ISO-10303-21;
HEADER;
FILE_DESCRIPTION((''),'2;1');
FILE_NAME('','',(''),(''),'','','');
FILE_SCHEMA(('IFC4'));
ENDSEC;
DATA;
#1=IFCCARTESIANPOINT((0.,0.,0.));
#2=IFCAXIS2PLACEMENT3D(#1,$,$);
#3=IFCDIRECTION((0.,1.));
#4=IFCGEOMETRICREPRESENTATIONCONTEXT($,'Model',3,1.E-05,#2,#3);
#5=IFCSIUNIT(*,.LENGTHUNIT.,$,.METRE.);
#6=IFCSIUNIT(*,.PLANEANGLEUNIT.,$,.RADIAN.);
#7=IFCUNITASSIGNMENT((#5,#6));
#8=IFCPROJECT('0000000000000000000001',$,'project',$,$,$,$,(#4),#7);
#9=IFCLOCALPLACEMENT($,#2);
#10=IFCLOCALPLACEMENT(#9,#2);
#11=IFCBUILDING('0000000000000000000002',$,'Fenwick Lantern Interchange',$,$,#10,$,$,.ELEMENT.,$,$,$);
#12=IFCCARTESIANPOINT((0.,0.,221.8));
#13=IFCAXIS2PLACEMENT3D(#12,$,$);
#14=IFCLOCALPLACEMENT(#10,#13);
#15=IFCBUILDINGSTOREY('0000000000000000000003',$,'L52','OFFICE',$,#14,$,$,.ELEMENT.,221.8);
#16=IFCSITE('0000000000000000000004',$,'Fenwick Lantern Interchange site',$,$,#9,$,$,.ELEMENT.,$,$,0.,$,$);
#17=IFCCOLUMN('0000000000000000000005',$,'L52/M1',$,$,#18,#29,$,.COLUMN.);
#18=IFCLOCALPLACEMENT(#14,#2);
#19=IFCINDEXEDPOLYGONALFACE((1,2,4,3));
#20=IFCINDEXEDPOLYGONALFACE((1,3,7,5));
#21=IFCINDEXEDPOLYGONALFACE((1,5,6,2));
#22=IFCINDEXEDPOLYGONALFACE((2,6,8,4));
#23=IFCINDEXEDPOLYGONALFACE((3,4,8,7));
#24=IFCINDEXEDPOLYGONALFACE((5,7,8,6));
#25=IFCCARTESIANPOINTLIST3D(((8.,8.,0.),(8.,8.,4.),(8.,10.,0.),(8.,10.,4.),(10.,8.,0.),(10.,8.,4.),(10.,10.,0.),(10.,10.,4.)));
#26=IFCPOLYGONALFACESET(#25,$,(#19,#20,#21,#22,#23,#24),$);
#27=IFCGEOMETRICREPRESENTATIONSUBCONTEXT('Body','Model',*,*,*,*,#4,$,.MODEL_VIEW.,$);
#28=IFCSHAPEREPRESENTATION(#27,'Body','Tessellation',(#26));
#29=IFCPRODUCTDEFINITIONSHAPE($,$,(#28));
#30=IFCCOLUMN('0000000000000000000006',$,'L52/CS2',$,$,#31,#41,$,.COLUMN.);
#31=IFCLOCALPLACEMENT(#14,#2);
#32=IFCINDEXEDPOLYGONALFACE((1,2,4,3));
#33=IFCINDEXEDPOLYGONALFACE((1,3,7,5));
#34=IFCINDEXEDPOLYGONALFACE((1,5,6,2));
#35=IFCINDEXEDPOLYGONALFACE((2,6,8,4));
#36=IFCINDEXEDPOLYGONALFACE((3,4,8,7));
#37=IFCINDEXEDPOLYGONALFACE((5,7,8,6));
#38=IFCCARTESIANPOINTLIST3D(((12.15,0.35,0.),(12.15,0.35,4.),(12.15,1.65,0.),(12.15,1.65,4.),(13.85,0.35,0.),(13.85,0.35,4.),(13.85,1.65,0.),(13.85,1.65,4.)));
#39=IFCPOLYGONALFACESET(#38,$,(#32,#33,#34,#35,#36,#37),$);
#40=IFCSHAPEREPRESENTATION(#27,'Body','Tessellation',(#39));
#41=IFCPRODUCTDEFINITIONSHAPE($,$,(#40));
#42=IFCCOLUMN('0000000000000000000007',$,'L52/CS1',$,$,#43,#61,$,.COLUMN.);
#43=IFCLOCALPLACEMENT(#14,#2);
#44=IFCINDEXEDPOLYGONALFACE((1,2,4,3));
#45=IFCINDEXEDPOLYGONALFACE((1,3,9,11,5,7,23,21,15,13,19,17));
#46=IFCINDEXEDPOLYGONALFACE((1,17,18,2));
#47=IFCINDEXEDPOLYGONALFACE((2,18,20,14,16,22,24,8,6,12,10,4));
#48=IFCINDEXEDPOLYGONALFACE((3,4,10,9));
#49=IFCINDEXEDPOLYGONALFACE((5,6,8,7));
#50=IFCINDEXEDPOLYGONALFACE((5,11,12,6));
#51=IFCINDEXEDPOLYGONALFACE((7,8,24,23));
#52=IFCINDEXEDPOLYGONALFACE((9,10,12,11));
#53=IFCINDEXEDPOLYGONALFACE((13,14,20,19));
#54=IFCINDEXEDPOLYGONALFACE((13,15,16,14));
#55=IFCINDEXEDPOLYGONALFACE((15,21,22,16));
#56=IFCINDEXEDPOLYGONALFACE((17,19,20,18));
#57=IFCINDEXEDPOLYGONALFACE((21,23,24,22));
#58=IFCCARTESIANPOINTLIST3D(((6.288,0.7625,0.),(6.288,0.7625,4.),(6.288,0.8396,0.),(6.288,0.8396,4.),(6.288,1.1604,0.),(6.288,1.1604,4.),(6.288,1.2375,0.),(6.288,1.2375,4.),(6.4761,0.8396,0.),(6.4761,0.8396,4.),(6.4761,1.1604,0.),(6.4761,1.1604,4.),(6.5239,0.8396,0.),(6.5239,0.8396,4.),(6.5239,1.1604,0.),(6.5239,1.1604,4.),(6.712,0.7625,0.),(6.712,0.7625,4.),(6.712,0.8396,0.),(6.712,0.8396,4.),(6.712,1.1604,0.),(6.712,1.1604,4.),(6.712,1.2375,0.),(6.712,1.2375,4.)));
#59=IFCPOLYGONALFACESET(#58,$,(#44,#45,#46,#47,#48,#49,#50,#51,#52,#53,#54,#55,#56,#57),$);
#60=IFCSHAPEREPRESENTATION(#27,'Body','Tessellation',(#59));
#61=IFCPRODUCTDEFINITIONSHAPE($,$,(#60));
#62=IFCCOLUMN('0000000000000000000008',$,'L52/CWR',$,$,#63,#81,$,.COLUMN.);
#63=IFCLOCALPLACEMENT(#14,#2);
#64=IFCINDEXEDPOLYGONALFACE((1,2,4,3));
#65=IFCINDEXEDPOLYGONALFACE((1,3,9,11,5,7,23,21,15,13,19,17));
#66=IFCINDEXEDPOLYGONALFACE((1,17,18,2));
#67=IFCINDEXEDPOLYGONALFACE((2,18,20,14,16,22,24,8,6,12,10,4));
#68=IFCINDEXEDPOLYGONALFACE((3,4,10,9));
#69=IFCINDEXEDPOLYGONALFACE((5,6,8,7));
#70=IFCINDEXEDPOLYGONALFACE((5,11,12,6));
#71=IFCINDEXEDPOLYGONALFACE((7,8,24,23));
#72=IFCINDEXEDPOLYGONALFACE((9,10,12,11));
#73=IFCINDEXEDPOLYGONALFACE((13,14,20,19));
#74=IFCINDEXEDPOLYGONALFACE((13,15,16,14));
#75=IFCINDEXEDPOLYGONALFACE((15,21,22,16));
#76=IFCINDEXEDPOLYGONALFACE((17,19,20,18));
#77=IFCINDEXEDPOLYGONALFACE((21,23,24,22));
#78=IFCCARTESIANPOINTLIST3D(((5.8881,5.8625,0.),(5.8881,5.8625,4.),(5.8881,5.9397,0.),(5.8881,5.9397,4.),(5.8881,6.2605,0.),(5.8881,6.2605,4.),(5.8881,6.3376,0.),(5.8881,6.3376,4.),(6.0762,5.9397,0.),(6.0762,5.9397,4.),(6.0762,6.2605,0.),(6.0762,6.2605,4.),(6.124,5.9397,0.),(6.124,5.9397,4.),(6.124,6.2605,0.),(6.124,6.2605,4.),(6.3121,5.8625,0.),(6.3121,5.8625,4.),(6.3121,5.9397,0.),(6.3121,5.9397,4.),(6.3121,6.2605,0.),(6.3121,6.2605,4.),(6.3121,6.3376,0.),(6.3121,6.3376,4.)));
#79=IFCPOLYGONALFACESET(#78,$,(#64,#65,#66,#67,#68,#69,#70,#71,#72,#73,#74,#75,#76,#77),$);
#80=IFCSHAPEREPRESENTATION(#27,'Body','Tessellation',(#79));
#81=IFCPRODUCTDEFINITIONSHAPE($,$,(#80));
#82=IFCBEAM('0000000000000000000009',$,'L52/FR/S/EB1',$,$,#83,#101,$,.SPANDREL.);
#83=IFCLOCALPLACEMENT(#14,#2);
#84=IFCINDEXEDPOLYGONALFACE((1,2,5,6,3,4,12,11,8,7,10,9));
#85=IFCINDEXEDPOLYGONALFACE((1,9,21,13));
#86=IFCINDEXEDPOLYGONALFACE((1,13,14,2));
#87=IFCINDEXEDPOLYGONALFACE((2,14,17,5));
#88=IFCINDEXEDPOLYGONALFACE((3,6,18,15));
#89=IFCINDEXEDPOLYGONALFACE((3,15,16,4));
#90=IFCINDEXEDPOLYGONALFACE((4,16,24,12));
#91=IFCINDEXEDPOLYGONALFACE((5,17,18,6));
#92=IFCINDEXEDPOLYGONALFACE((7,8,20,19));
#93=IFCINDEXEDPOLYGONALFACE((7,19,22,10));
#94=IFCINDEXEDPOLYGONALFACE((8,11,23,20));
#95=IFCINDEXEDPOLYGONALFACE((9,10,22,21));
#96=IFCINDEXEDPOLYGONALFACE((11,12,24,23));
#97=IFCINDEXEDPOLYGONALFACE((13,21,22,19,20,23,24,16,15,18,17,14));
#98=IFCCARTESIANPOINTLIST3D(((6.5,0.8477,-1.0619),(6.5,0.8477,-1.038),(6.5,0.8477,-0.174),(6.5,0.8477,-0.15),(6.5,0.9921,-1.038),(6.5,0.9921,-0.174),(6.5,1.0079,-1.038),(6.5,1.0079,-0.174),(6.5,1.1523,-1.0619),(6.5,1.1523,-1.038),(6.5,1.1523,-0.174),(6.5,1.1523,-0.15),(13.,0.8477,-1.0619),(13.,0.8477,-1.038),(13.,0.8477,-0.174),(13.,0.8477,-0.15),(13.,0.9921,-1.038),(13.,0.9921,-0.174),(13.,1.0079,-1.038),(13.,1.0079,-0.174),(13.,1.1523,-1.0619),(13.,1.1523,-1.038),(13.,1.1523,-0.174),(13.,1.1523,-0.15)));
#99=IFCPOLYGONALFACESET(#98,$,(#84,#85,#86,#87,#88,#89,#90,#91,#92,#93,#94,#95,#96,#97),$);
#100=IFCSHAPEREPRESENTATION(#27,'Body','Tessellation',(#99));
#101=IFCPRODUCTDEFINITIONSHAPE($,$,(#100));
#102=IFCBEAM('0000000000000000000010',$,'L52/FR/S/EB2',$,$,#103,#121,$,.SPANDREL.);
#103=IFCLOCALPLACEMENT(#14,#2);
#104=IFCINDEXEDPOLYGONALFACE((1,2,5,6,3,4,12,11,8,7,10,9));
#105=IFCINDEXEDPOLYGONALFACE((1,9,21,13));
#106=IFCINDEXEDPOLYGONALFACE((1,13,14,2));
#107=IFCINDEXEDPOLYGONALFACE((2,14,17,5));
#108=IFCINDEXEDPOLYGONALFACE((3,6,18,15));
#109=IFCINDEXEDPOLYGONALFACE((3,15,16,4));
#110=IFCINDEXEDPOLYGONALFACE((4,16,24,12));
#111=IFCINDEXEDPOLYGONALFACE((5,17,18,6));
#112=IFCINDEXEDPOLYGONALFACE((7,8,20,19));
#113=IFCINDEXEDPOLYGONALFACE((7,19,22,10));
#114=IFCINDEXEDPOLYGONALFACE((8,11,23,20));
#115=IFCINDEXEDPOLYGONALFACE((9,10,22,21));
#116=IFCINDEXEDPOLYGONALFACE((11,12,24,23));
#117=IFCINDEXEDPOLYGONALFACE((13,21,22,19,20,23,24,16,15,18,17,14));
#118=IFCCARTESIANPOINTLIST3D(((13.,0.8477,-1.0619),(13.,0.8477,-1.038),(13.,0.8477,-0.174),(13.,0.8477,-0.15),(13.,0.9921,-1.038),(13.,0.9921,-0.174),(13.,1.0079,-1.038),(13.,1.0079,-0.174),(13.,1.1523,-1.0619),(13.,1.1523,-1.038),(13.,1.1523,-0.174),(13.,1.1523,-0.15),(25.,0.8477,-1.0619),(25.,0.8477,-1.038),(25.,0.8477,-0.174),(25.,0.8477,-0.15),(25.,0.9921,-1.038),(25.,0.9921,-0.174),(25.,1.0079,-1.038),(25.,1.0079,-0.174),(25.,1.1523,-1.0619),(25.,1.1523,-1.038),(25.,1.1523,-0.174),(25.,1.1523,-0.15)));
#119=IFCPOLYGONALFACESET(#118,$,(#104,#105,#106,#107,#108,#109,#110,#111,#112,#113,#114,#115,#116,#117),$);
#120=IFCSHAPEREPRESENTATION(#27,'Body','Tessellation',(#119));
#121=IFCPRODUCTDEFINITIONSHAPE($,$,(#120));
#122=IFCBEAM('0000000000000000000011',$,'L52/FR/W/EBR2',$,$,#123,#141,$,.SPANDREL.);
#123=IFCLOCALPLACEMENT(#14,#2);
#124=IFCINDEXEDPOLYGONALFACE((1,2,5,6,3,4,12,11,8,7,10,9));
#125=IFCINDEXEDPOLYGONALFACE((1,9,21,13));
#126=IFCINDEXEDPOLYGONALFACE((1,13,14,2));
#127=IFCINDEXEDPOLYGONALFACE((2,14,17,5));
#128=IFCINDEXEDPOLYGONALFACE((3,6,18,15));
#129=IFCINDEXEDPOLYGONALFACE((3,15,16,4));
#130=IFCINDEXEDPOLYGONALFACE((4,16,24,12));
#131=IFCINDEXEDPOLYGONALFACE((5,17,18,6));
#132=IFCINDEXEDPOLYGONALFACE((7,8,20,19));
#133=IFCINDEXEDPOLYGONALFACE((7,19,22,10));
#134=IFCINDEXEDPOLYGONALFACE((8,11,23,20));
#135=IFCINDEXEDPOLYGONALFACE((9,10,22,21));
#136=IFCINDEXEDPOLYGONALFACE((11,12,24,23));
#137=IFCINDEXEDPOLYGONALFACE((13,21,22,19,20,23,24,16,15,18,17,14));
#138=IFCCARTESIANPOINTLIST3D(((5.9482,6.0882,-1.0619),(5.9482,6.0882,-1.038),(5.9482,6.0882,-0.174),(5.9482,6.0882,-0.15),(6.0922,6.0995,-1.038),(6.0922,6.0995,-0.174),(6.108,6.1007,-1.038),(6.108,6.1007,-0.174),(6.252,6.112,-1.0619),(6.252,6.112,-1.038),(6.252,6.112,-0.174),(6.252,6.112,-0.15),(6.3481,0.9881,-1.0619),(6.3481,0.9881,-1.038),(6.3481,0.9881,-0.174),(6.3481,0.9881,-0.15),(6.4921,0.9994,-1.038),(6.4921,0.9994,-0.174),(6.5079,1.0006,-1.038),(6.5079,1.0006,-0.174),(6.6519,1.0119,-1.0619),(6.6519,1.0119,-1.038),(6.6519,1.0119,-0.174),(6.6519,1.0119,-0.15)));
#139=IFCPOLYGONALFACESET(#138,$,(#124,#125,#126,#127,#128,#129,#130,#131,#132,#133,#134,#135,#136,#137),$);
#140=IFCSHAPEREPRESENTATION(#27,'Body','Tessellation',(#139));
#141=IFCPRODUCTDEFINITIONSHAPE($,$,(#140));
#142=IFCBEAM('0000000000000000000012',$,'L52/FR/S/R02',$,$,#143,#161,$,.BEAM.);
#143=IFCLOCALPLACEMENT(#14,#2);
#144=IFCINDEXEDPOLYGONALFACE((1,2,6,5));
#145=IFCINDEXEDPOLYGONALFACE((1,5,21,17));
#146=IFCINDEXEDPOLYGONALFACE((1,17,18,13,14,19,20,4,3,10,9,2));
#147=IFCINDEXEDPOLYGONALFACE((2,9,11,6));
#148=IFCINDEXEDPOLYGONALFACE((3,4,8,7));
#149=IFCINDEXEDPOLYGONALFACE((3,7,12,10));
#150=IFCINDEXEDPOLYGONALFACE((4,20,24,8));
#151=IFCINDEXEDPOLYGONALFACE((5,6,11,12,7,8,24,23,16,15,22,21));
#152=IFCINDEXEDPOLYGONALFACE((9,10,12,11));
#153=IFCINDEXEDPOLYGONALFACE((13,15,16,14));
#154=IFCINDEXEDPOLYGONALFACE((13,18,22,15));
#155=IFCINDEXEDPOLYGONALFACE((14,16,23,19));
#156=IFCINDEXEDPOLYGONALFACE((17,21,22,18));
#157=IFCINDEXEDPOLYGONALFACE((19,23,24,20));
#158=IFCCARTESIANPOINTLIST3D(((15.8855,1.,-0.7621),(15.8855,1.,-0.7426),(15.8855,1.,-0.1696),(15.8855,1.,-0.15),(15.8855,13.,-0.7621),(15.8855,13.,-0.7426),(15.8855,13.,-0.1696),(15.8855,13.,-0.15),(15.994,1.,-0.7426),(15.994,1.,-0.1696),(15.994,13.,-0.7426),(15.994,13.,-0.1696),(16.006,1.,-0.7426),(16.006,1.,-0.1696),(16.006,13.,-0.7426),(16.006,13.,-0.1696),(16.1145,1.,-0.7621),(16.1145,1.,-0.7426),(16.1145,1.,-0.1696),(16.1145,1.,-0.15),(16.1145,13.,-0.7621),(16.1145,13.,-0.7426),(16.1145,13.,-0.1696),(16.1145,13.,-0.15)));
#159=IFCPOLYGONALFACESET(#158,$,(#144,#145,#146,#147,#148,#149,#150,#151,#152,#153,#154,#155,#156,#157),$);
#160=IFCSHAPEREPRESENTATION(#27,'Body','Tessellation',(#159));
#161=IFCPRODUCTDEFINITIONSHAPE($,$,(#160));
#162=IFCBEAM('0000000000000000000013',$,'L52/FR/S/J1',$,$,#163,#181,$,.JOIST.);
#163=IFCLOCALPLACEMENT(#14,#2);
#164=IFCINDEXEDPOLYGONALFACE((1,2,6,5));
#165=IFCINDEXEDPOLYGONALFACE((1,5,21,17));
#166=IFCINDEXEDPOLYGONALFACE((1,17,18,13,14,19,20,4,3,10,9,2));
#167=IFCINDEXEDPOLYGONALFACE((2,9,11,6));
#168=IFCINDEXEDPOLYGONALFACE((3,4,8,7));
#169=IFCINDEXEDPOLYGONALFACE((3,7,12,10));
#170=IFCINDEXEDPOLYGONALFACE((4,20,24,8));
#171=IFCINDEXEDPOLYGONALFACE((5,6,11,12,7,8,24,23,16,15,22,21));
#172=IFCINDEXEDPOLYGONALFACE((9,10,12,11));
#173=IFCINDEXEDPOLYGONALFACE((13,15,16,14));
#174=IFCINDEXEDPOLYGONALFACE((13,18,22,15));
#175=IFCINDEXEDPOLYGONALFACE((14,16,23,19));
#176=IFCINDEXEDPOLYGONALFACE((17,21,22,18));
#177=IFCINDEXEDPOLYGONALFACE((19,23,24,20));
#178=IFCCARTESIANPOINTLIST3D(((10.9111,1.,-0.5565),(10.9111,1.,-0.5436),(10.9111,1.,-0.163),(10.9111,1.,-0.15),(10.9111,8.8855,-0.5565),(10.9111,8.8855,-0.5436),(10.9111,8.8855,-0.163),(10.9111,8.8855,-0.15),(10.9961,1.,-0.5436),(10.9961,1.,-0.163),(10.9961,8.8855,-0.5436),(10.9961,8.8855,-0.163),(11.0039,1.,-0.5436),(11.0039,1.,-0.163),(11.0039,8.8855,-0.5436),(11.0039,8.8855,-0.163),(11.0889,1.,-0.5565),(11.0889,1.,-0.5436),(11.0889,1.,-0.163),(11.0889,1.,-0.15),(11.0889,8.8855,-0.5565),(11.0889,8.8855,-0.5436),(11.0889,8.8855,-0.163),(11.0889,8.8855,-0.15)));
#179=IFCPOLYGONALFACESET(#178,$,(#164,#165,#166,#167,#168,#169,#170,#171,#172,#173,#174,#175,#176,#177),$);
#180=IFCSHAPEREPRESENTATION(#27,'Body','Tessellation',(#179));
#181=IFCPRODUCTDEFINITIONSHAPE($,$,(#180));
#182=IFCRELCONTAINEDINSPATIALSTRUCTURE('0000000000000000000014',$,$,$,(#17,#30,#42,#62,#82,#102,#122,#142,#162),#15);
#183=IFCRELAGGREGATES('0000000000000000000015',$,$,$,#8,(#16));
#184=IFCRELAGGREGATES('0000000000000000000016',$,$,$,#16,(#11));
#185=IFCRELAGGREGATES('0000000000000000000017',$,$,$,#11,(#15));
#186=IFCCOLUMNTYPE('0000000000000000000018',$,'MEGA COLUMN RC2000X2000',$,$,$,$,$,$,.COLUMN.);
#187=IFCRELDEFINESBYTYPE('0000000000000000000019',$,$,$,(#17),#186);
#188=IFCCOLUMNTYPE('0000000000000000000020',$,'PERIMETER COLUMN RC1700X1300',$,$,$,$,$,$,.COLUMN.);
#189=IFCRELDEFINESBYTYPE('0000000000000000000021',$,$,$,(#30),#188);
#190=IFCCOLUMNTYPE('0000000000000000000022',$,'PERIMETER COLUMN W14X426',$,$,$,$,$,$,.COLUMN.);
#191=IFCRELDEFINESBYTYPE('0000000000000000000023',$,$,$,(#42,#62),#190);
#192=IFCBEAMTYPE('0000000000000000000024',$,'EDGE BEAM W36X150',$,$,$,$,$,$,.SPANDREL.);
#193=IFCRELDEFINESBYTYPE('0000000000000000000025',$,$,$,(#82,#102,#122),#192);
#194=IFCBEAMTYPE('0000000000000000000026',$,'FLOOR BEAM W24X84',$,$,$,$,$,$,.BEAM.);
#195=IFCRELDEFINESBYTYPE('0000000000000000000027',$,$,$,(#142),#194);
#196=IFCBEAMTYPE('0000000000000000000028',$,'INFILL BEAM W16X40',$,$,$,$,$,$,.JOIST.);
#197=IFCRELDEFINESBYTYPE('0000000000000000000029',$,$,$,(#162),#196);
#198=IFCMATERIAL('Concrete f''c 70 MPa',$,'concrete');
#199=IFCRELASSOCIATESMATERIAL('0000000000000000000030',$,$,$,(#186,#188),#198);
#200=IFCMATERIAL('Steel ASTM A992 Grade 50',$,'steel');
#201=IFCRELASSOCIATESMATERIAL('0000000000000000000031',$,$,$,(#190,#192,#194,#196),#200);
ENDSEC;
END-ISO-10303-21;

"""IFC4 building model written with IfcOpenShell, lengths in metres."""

from ifc_helpers import new_model, si_unit, direction, frame, origin, origin_2d, place, context, subcontext, project, spatial, rectangle, i_section, extrude, material, material_profile, profile_set, type_object, element, save


model = new_model("IFC4")

# Units and contexts
model_context = context("Model", 3, precision=1e-05, world=origin(), true_north=direction((0.0, 1.0)))
body_context = subcontext(model_context, "Body", "Model", "MODEL_VIEW")
ifc_project = project(units=[si_unit("LENGTHUNIT", "METRE"), si_unit("PLANEANGLEUNIT", "RADIAN")], contexts=[model_context])

# Site, building, storey
site_placement = place(None, origin())
site = spatial("IfcSite", under=ifc_project, at=site_placement, Name="Fenwick Lantern Interchange site", CompositionType="ELEMENT", RefElevation=0.0)
building_placement = place(site_placement, origin())
building = spatial("IfcBuilding", under=site, at=building_placement, Name="Fenwick Lantern Interchange", CompositionType="ELEMENT")
storey_placement = place(building_placement, frame((0.0, 0.0, 221.8)))
storey = spatial("IfcBuildingStorey", under=building, at=storey_placement, Name="L52", Description="OFFICE", CompositionType="ELEMENT", Elevation=221.8)

# Columns
ifc_material_1 = material(Name="Concrete f'c 70 MPa", Category="concrete")
ifc_material_profile_1 = material_profile(ifc_material_1, rectangle(XDim=2.0, YDim=2.0, at=origin_2d()), Name="RC2000X2000")
ifc_profile_set_1 = profile_set([ifc_material_profile_1], Name="Concrete f'c 70 MPa")
column_type_1 = type_object("IfcColumnType", Name="MEGA COLUMN RC2000X2000", PredefinedType="COLUMN", material=ifc_profile_set_1)
column_1_placement = place(storey_placement, frame((9.0, 9.0, 0.0), z_axis=(0.0, 0.0, 1.0), x_axis=(1.0, 0.0, 0.0)))
element("IfcColumn", 1, at=column_1_placement, inside=storey, type_object=column_type_1, Name="L52/M1", PredefinedType="COLUMN", context=body_context, shape_type="SweptSolid", body=[
    extrude(rectangle(XDim=2.0, YDim=2.0, at=origin_2d()), origin(), (0.0, 0.0, 1.0), 4.0),
])
ifc_material_profile_2 = material_profile(ifc_material_1, rectangle(XDim=1.7, YDim=1.3, at=origin_2d()), Name="RC1700X1300")
ifc_profile_set_2 = profile_set([ifc_material_profile_2], Name="Concrete f'c 70 MPa")
column_type_2 = type_object("IfcColumnType", Name="PERIMETER COLUMN RC1700X1300", PredefinedType="COLUMN", material=ifc_profile_set_2)
column_2_placement = place(storey_placement, frame((13.0, 1.0, 0.0), z_axis=(0.0, 0.0, 1.0), x_axis=(1.0, 0.0, 0.0)))
element("IfcColumn", 2, at=column_2_placement, inside=storey, type_object=column_type_2, Name="L52/CS2", PredefinedType="COLUMN", context=body_context, shape_type="SweptSolid", body=[
    extrude(rectangle(XDim=1.7, YDim=1.3, at=origin_2d()), origin(), (0.0, 0.0, 1.0), 4.0),
])
ifc_material_2 = material(Name="Steel ASTM A992 Grade 50", Category="steel")
ifc_material_profile_3 = material_profile(ifc_material_2, i_section(OverallWidth=0.4241, OverallDepth=0.4751, WebThickness=0.0479, FlangeThickness=0.0771, at=origin_2d()), Name="W14X426")
ifc_profile_set_3 = profile_set([ifc_material_profile_3], Name="Steel ASTM A992 Grade 50")
column_type_3 = type_object("IfcColumnType", Name="PERIMETER COLUMN W14X426", PredefinedType="COLUMN", material=ifc_profile_set_3)
for number, where, z_axis, x_axis, name in (
    (3, (6.5, 1.0, 0.0), (0.0, 0.0, 1.0), (1.0, 0.0, 0.0), "L52/CS1"),
    (4, (6.1001, 6.1001, 0.0), (0.0, 0.0, 1.0), (1.0, 0.0, 0.0), "L52/CWR"),
):
    element("IfcColumn", number, at=place(storey_placement, frame(where, z_axis=z_axis, x_axis=x_axis)), inside=storey, type_object=column_type_3, Name=name, PredefinedType="COLUMN", context=body_context, shape_type="SweptSolid", body=[
        extrude(i_section(OverallWidth=0.4241, OverallDepth=0.4751, WebThickness=0.0479, FlangeThickness=0.0771, at=origin_2d()), origin(), (0.0, 0.0, 1.0), 4.0),
    ])

# Beams
ifc_material_profile_4 = material_profile(ifc_material_2, i_section(OverallWidth=0.3047, OverallDepth=0.9119, WebThickness=0.0159, FlangeThickness=0.0239, at=origin_2d()), Name="W36X150")
ifc_profile_set_4 = profile_set([ifc_material_profile_4], Name="Steel ASTM A992 Grade 50")
beam_type_1 = type_object("IfcBeamType", Name="EDGE BEAM W36X150", PredefinedType="SPANDREL", material=ifc_profile_set_4)
beam_1_placement = place(storey_placement, frame((6.5, 1.0, -0.606), z_axis=(1.0, 0.0, 0.0), x_axis=(0.0, 1.0, 0.0)))
element("IfcBeam", 5, at=beam_1_placement, inside=storey, type_object=beam_type_1, Name="L52/FR/S/EB1", PredefinedType="SPANDREL", context=body_context, shape_type="SweptSolid", body=[
    extrude(i_section(OverallWidth=0.3047, OverallDepth=0.9119, WebThickness=0.0159, FlangeThickness=0.0239, at=origin_2d()), origin(), (0.0, 0.0, 1.0), 6.5),
])
beam_2_placement = place(storey_placement, frame((13.0, 1.0, -0.606), z_axis=(1.0, 0.0, 0.0), x_axis=(0.0, 1.0, 0.0)))
element("IfcBeam", 6, at=beam_2_placement, inside=storey, type_object=beam_type_1, Name="L52/FR/S/EB2", PredefinedType="SPANDREL", context=body_context, shape_type="SweptSolid", body=[
    extrude(i_section(OverallWidth=0.3047, OverallDepth=0.9119, WebThickness=0.0159, FlangeThickness=0.0239, at=origin_2d()), origin(), (0.0, 0.0, 1.0), 12.0),
])
beam_3_placement = place(storey_placement, frame((6.1001, 6.1001, -0.606), z_axis=(0.078171, -0.99694, 0.0), x_axis=(0.99694, 0.078171, 0.0)))
element("IfcBeam", 7, at=beam_3_placement, inside=storey, type_object=beam_type_1, Name="L52/FR/W/EBR2", PredefinedType="SPANDREL", context=body_context, shape_type="SweptSolid", body=[
    extrude(i_section(OverallWidth=0.3047, OverallDepth=0.9119, WebThickness=0.0159, FlangeThickness=0.0239, at=origin_2d()), origin(), (0.0, 0.0, 1.0), 5.1157),
])
ifc_material_profile_5 = material_profile(ifc_material_2, i_section(OverallWidth=0.229, OverallDepth=0.6121, WebThickness=0.012, FlangeThickness=0.0195, at=origin_2d()), Name="W24X84")
ifc_profile_set_5 = profile_set([ifc_material_profile_5], Name="Steel ASTM A992 Grade 50")
beam_type_2 = type_object("IfcBeamType", Name="FLOOR BEAM W24X84", PredefinedType="BEAM", material=ifc_profile_set_5)
beam_4_placement = place(storey_placement, frame((16.0, 1.0, -0.4561), z_axis=(0.0, 1.0, 0.0), x_axis=(-1.0, 0.0, 0.0)))
element("IfcBeam", 8, at=beam_4_placement, inside=storey, type_object=beam_type_2, Name="L52/FR/S/R02", PredefinedType="BEAM", context=body_context, shape_type="SweptSolid", body=[
    extrude(i_section(OverallWidth=0.229, OverallDepth=0.6121, WebThickness=0.012, FlangeThickness=0.0195, at=origin_2d()), origin(), (0.0, 0.0, 1.0), 12.0),
])
ifc_material_profile_6 = material_profile(ifc_material_2, i_section(OverallWidth=0.1777, OverallDepth=0.4065, WebThickness=0.0078, FlangeThickness=0.0129, at=origin_2d()), Name="W16X40")
ifc_profile_set_6 = profile_set([ifc_material_profile_6], Name="Steel ASTM A992 Grade 50")
beam_type_3 = type_object("IfcBeamType", Name="INFILL BEAM W16X40", PredefinedType="JOIST", material=ifc_profile_set_6)
beam_5_placement = place(storey_placement, frame((11.0, 1.0, -0.3533), z_axis=(0.0, 1.0, 0.0), x_axis=(-1.0, 0.0, 0.0)))
element("IfcBeam", 9, at=beam_5_placement, inside=storey, type_object=beam_type_3, Name="L52/FR/S/J1", PredefinedType="JOIST", context=body_context, shape_type="SweptSolid", body=[
    extrude(i_section(OverallWidth=0.1777, OverallDepth=0.4065, WebThickness=0.0078, FlangeThickness=0.0129, at=origin_2d()), origin(), (0.0, 0.0, 1.0), 7.8855),
])

save(model, "model.ifc")
